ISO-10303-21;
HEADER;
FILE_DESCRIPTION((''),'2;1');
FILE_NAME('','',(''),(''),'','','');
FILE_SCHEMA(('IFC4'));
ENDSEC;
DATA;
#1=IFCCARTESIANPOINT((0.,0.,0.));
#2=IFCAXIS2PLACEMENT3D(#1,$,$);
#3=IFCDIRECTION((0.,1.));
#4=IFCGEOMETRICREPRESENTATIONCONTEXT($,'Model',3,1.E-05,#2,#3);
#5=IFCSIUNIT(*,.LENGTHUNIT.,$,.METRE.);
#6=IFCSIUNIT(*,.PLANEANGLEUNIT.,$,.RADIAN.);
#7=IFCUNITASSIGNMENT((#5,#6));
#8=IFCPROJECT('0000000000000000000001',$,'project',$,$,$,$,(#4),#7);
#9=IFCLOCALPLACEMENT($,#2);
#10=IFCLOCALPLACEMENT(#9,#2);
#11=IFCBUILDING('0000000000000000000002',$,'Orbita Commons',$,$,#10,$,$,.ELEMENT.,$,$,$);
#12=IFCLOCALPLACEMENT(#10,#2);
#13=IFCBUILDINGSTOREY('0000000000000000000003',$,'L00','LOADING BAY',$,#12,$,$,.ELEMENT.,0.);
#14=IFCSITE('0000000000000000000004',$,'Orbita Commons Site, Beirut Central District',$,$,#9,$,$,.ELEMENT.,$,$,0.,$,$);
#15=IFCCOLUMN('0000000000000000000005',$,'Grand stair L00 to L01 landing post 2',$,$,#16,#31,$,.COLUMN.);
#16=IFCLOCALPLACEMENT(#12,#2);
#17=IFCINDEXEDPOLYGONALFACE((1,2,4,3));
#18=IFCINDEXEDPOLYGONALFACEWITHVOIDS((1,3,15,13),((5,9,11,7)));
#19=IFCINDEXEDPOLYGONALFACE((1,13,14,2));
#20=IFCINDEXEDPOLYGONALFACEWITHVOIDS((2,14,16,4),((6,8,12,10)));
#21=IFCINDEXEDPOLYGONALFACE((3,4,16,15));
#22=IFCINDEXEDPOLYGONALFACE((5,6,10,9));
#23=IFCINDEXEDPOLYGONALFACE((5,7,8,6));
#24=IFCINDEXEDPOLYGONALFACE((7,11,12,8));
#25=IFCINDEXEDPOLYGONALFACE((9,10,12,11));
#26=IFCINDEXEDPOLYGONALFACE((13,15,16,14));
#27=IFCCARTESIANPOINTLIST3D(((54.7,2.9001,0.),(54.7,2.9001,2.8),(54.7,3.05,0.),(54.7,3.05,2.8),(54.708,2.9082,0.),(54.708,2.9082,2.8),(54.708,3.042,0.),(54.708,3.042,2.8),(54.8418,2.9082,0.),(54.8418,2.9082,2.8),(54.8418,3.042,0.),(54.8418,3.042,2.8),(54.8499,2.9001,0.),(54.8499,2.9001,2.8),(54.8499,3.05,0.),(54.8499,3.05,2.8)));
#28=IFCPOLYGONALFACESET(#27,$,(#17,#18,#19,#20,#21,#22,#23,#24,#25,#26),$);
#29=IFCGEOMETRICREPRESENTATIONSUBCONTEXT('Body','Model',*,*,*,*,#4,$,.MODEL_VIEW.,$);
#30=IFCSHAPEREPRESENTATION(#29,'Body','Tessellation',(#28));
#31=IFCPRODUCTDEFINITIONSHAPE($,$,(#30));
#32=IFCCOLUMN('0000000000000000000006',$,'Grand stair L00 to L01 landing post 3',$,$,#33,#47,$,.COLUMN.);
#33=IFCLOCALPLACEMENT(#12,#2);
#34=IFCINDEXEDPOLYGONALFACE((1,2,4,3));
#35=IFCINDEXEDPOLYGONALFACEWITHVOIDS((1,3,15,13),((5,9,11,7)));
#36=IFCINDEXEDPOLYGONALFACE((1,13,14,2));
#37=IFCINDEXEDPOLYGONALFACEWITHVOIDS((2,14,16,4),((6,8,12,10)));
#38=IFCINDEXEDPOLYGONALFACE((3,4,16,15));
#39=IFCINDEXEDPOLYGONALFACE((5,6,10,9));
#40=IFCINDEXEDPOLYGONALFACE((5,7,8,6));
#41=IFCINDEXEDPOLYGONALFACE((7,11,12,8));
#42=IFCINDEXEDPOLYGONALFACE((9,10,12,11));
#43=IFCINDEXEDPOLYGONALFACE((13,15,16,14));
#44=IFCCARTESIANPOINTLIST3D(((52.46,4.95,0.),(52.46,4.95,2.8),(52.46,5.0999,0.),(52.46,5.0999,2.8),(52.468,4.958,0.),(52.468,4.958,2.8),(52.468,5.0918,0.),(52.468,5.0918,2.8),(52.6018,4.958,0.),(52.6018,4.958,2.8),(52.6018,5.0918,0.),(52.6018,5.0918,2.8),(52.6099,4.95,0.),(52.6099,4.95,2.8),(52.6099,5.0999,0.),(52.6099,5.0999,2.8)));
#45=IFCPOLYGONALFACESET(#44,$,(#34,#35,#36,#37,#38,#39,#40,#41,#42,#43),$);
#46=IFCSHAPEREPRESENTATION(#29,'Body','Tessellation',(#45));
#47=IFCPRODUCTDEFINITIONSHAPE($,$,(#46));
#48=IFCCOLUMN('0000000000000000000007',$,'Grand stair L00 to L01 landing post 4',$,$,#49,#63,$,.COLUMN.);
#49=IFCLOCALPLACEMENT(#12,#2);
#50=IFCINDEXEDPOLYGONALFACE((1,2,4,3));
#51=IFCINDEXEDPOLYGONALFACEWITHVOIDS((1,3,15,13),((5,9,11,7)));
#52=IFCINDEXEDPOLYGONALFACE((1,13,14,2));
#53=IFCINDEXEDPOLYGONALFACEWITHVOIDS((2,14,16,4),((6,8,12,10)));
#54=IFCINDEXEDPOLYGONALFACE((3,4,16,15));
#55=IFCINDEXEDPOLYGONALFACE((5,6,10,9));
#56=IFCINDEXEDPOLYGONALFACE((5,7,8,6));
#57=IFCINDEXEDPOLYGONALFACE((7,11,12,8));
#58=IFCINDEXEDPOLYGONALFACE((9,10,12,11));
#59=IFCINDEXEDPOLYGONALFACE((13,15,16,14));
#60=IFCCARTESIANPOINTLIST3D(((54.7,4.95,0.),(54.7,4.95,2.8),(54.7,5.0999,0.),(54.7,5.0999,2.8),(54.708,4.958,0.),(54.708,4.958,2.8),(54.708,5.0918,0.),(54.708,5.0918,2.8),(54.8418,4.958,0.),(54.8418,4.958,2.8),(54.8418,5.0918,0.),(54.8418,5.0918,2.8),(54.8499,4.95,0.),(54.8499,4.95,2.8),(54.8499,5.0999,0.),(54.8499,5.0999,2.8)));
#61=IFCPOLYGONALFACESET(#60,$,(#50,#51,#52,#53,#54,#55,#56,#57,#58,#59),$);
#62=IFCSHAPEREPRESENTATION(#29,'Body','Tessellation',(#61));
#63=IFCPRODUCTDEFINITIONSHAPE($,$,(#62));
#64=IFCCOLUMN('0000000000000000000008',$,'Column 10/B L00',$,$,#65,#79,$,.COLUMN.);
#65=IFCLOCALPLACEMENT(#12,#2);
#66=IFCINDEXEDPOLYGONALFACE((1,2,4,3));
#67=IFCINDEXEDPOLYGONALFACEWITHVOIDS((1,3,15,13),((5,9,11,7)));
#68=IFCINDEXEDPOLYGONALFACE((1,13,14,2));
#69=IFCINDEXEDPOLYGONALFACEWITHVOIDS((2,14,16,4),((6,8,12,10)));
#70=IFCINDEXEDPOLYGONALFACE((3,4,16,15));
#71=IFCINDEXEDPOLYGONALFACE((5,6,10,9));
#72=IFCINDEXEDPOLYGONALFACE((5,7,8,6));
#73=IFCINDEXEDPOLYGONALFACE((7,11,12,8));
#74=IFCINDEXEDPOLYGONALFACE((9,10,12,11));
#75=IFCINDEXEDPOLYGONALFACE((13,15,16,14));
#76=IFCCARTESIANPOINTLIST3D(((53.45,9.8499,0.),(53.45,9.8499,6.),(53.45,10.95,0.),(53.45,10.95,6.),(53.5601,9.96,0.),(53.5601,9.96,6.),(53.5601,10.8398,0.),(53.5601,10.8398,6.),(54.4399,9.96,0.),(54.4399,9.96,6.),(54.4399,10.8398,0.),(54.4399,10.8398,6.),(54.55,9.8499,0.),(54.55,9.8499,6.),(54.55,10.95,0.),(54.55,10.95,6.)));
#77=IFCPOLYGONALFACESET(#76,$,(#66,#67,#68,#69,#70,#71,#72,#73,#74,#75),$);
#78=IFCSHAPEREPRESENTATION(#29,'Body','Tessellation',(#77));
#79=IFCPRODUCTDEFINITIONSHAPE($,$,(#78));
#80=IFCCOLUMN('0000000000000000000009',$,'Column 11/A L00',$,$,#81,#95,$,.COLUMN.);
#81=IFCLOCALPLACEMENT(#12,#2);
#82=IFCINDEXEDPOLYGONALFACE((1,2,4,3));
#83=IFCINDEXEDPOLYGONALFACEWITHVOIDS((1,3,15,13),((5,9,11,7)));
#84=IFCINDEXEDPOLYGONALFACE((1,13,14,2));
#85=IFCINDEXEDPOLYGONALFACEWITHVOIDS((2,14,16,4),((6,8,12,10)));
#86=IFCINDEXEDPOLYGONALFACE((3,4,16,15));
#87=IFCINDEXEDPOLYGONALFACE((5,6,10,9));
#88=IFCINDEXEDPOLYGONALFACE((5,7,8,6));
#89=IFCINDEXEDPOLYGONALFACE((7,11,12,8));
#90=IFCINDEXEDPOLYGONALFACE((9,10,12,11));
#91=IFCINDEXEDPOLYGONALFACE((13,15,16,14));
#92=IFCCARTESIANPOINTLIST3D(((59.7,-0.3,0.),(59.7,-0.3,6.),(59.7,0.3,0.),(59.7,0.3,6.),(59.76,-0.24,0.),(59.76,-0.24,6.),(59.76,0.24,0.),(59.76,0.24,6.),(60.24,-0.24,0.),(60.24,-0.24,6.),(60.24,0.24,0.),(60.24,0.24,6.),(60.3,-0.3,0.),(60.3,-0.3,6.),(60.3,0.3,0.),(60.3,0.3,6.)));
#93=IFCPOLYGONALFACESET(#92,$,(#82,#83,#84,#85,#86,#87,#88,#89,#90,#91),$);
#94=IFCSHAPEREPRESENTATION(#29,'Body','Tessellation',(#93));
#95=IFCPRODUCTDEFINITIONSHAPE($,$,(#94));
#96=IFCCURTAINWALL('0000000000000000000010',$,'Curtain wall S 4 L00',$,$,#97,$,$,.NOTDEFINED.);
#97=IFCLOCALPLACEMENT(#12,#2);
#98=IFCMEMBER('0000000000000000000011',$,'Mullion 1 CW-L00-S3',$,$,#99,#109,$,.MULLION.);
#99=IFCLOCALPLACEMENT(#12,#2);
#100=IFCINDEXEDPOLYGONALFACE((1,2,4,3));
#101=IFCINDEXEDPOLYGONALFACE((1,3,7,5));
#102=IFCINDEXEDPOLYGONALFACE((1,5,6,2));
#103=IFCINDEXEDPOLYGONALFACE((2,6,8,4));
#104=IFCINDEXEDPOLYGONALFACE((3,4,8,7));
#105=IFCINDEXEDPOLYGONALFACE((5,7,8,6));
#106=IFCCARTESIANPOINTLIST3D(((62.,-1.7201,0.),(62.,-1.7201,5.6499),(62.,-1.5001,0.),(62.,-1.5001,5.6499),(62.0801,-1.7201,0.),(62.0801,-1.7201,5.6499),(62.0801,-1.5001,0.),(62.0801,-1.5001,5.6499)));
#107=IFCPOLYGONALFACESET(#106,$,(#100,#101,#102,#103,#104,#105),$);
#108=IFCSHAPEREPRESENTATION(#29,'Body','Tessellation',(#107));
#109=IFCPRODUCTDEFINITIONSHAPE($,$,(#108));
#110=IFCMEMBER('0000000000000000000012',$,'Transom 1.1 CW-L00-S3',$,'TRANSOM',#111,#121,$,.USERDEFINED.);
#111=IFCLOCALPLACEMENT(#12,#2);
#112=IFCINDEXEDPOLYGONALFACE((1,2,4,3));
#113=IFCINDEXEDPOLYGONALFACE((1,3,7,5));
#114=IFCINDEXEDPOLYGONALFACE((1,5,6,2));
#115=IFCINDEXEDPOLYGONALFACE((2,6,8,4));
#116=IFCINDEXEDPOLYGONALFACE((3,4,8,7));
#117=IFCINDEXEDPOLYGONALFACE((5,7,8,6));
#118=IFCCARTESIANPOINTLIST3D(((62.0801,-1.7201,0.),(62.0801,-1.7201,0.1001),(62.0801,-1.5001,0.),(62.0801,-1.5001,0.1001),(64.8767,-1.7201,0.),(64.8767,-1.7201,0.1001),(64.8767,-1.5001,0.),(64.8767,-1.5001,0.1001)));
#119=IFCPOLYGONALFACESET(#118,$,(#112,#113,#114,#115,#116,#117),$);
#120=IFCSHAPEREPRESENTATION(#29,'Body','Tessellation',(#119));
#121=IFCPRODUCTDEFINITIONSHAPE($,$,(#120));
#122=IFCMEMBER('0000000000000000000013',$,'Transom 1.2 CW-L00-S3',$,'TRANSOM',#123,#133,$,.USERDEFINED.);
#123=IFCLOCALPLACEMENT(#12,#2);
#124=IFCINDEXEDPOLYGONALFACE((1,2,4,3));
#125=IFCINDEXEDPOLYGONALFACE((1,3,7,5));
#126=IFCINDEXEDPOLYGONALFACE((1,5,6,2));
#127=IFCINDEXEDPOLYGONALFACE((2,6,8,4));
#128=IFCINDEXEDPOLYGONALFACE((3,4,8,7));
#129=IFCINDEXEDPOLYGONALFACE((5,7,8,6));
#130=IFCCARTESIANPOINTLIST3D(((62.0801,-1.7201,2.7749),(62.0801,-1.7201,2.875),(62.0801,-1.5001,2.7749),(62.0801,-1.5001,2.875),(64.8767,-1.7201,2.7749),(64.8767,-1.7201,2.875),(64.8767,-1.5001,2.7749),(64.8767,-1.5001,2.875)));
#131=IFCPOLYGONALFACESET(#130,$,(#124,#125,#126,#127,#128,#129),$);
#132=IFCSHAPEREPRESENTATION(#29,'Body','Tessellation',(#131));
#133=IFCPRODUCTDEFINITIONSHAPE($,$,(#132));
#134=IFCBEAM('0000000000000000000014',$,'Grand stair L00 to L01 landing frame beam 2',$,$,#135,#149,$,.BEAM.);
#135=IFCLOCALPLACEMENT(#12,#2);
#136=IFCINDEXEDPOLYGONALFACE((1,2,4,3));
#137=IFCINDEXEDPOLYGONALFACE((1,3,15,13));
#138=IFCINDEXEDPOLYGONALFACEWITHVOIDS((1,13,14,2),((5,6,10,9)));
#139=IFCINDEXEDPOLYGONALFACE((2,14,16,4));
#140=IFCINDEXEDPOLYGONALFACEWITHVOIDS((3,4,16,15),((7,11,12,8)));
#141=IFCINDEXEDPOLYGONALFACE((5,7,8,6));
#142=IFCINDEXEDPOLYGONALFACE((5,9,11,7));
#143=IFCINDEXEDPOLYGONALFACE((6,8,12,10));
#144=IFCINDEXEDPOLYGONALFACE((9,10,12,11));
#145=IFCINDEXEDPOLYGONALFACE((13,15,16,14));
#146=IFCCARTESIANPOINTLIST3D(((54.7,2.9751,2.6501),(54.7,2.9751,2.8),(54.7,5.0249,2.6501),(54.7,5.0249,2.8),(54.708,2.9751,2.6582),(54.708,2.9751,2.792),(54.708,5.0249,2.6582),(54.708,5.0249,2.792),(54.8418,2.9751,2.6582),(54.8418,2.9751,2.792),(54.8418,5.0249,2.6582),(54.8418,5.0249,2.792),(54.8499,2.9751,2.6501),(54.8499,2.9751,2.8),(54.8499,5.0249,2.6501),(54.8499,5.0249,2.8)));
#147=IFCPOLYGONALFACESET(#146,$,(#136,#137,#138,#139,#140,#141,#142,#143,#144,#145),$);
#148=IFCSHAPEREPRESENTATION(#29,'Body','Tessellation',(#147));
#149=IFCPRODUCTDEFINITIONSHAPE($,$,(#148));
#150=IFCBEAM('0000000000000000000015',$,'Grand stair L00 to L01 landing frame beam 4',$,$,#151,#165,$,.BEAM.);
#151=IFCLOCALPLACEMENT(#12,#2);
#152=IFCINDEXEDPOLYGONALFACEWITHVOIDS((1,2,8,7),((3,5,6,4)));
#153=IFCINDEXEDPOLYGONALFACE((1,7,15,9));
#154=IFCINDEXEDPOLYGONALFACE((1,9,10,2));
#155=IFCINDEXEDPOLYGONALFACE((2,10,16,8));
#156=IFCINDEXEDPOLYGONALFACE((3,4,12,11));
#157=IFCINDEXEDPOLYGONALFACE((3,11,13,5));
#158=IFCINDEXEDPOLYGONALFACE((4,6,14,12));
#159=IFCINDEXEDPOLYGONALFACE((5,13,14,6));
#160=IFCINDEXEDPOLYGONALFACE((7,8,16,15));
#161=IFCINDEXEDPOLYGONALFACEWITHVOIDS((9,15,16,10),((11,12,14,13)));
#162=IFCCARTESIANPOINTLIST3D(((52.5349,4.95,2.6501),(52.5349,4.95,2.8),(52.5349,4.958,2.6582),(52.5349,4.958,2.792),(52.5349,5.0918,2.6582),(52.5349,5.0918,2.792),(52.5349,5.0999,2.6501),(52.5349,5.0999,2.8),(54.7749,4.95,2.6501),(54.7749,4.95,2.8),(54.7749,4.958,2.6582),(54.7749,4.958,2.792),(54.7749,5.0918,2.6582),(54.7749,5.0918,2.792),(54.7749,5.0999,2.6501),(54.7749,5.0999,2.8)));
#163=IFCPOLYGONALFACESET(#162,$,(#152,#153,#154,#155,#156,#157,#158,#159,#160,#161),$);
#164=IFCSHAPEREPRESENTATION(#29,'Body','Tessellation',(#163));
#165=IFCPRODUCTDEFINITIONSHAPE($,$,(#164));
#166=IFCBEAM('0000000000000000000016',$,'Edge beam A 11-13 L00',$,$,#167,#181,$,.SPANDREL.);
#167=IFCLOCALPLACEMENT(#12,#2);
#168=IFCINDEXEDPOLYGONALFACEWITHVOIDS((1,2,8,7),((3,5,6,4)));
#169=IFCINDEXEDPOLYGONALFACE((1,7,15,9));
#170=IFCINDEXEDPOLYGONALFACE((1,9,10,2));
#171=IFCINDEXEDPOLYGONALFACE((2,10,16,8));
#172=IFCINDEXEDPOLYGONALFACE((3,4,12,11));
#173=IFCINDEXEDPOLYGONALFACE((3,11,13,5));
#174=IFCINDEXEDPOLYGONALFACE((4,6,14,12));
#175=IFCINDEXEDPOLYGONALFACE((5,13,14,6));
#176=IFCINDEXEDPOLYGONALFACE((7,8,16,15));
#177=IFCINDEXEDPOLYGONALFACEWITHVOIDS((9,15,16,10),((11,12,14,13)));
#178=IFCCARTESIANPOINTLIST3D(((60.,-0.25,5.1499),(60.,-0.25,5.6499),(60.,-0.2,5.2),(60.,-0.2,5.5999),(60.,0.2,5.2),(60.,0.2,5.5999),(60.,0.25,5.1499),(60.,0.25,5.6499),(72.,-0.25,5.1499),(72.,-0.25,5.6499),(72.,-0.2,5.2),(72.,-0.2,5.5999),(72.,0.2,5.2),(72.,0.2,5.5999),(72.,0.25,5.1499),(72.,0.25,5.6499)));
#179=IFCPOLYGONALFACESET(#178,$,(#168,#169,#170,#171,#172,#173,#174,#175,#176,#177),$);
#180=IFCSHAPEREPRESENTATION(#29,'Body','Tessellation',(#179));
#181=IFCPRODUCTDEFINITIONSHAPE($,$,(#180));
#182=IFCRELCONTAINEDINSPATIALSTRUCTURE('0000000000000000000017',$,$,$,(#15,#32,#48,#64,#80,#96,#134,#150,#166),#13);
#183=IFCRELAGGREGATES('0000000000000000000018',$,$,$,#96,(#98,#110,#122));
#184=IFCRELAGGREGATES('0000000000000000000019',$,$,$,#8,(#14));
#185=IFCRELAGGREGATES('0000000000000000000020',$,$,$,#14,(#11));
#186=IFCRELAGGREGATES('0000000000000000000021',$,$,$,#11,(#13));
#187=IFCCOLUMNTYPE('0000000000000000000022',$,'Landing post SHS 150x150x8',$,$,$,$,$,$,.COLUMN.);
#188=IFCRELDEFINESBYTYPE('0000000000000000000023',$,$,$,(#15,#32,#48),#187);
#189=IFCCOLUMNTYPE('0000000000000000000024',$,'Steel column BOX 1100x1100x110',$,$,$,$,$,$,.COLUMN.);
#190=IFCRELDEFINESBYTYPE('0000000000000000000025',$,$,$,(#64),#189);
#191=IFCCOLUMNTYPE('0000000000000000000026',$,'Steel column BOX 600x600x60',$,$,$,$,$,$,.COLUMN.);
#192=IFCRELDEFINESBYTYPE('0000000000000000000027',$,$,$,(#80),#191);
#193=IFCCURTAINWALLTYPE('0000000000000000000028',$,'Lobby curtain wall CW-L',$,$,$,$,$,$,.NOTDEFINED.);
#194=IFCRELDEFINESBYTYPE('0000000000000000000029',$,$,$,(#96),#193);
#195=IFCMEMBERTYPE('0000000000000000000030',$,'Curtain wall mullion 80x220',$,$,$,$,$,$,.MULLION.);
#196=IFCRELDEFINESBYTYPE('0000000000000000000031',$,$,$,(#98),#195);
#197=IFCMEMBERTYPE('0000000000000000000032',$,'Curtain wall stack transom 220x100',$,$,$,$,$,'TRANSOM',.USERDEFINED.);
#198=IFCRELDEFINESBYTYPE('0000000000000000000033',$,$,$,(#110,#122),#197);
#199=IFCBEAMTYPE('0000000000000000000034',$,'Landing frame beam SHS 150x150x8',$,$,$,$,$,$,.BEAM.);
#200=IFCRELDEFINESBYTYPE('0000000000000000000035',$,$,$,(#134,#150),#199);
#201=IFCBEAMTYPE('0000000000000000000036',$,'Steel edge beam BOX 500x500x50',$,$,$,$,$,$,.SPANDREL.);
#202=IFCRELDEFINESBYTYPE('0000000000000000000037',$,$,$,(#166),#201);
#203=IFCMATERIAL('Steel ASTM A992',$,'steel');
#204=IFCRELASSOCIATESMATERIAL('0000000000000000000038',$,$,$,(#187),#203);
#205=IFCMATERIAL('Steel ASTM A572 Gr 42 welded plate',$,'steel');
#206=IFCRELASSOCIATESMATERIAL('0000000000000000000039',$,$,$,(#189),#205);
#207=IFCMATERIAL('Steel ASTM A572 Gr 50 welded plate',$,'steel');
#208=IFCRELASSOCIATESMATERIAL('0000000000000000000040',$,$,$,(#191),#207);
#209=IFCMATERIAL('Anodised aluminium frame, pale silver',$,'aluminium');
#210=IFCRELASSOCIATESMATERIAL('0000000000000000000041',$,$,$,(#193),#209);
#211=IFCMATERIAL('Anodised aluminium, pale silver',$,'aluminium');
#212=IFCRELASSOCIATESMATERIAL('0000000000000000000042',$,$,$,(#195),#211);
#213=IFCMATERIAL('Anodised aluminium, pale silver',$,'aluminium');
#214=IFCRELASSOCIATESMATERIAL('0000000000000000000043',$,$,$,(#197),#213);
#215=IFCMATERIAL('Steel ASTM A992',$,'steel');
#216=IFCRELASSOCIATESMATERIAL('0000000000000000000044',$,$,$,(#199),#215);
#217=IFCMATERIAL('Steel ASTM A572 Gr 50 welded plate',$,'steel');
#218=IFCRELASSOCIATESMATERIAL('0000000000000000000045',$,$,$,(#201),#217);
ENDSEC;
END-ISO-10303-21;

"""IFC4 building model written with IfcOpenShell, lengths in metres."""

from ifc_helpers import new_model, si_unit, direction, frame, origin, origin_2d, place, context, subcontext, project, spatial, rectangle, hollow_rectangle, extrude, material, material_profile, profile_set, type_object, element, aggregate, save


model = new_model("IFC4")

# Units and contexts
model_context = context("Model", 3, precision=1e-05, world=origin(), true_north=direction((0.0, 1.0)))
body_context = subcontext(model_context, "Body", "Model", "MODEL_VIEW")
ifc_project = project(units=[si_unit("LENGTHUNIT", "METRE"), si_unit("PLANEANGLEUNIT", "RADIAN")], contexts=[model_context])

# Site, building, storey
site_placement = place(None, origin())
site = spatial("IfcSite", under=ifc_project, at=site_placement, Name="Orbita Commons Site, Beirut Central District", CompositionType="ELEMENT", RefElevation=0.0)
building_placement = place(site_placement, origin())
building = spatial("IfcBuilding", under=site, at=building_placement, Name="Orbita Commons", CompositionType="ELEMENT")
storey_placement = place(building_placement, origin())
storey = spatial("IfcBuildingStorey", under=building, at=storey_placement, Name="L00", Description="LOADING BAY", CompositionType="ELEMENT", Elevation=0.0)

# Columns
ifc_material_1 = material(Name="Steel ASTM A992", Category="steel")
ifc_material_profile_1 = material_profile(ifc_material_1, hollow_rectangle(XDim=0.1499, YDim=0.1499, WallThickness=0.0081, at=origin_2d()), Name="SHS 150x150x8")
ifc_profile_set_1 = profile_set([ifc_material_profile_1], Name="Steel ASTM A992")
column_type_1 = type_object("IfcColumnType", Name="Landing post SHS 150x150x8", PredefinedType="COLUMN", material=ifc_profile_set_1)
for number, where, z_axis, x_axis, name in (
    (1, (54.7749, 2.9751, 0.0), (0.0, 0.0, 1.0), (1.0, 0.0, 0.0), "Grand stair L00 to L01 landing post 2"),
    (2, (52.5349, 5.0249, 0.0), (0.0, 0.0, 1.0), (1.0, 0.0, 0.0), "Grand stair L00 to L01 landing post 3"),
    (3, (54.7749, 5.0249, 0.0), (0.0, 0.0, 1.0), (1.0, 0.0, 0.0), "Grand stair L00 to L01 landing post 4"),
):
    element("IfcColumn", number, at=place(storey_placement, frame(where, z_axis=z_axis, x_axis=x_axis)), inside=storey, type_object=column_type_1, Name=name, PredefinedType="COLUMN", context=body_context, shape_type="SweptSolid", body=[
        extrude(hollow_rectangle(XDim=0.1499, YDim=0.1499, WallThickness=0.0081, at=origin_2d()), origin(), (0.0, 0.0, 1.0), 2.8),
    ])
ifc_material_2 = material(Name="Steel ASTM A572 Gr 42 welded plate", Category="steel")
ifc_material_profile_2 = material_profile(ifc_material_2, hollow_rectangle(XDim=1.1001, YDim=1.1001, WallThickness=0.1101, at=origin_2d()), Name="BOX 1100x1100x110")
ifc_profile_set_2 = profile_set([ifc_material_profile_2], Name="Steel ASTM A572 Gr 42 welded plate")
column_type_2 = type_object("IfcColumnType", Name="Steel column BOX 1100x1100x110", PredefinedType="COLUMN", material=ifc_profile_set_2)
column_1_placement = place(storey_placement, frame((54.0, 10.3999, 0.0), z_axis=(0.0, 0.0, 1.0), x_axis=(1.0, 0.0, 0.0)))
element("IfcColumn", 4, at=column_1_placement, inside=storey, type_object=column_type_2, Name="Column 10/B L00", PredefinedType="COLUMN", context=body_context, shape_type="SweptSolid", body=[
    extrude(hollow_rectangle(XDim=1.1001, YDim=1.1001, WallThickness=0.1101, at=origin_2d()), origin(), (0.0, 0.0, 1.0), 6.0),
])
ifc_material_3 = material(Name="Steel ASTM A572 Gr 50 welded plate", Category="steel")
ifc_material_profile_3 = material_profile(ifc_material_3, hollow_rectangle(XDim=0.6001, YDim=0.6001, WallThickness=0.0601, at=origin_2d()), Name="BOX 600x600x60")
ifc_profile_set_3 = profile_set([ifc_material_profile_3], Name="Steel ASTM A572 Gr 50 welded plate")
column_type_3 = type_object("IfcColumnType", Name="Steel column BOX 600x600x60", PredefinedType="COLUMN", material=ifc_profile_set_3)
column_2_placement = place(storey_placement, frame((60.0, 0.0, 0.0), z_axis=(0.0, 0.0, 1.0), x_axis=(1.0, 0.0, 0.0)))
element("IfcColumn", 5, at=column_2_placement, inside=storey, type_object=column_type_3, Name="Column 11/A L00", PredefinedType="COLUMN", context=body_context, shape_type="SweptSolid", body=[
    extrude(hollow_rectangle(XDim=0.6001, YDim=0.6001, WallThickness=0.0601, at=origin_2d()), origin(), (0.0, 0.0, 1.0), 6.0),
])

# Curtain wall, members
ifc_material_4 = material(Name="Anodised aluminium frame, pale silver", Category="aluminium")
curtain_wall_type = type_object("IfcCurtainWallType", Name="Lobby curtain wall CW-L", PredefinedType="NOTDEFINED", material=ifc_material_4)
curtain_wall_placement = place(storey_placement, origin())
curtain_wall = element("IfcCurtainWall", 6, at=curtain_wall_placement, inside=storey, type_object=curtain_wall_type, Name="Curtain wall S 4 L00", PredefinedType="NOTDEFINED")
ifc_material_5 = material(Name="Anodised aluminium, pale silver", Category="aluminium")
ifc_material_profile_4 = material_profile(ifc_material_5, rectangle(XDim=0.0801, YDim=0.22, at=origin_2d()), Name="AL 80x220")
ifc_profile_set_4 = profile_set([ifc_material_profile_4], Name="Anodised aluminium, pale silver")
member_type_1 = type_object("IfcMemberType", Name="Curtain wall mullion 80x220", PredefinedType="MULLION", material=ifc_profile_set_4)
member_1_placement = place(storey_placement, frame((62.04, -1.6101, 0.0), z_axis=(0.0, 0.0, 1.0), x_axis=(1.0, 0.0, 0.0)))
member_1 = element("IfcMember", 7, at=member_1_placement, type_object=member_type_1, Name="Mullion 1 CW-L00-S3", PredefinedType="MULLION", context=body_context, shape_type="SweptSolid", body=[
    extrude(rectangle(XDim=0.0801, YDim=0.22, at=origin_2d()), origin(), (0.0, 0.0, 1.0), 5.6499),
])
ifc_material_6 = material(Name="Anodised aluminium, pale silver", Category="aluminium")
ifc_material_profile_5 = material_profile(ifc_material_6, rectangle(XDim=0.22, YDim=0.1001, at=origin_2d()), Name="AL 220x100")
ifc_profile_set_5 = profile_set([ifc_material_profile_5], Name="Anodised aluminium, pale silver")
member_type_2 = type_object("IfcMemberType", Name="Curtain wall stack transom 220x100", ElementType="TRANSOM", PredefinedType="USERDEFINED", material=ifc_profile_set_5)
member_2_placement = place(storey_placement, frame((62.0801, -1.6101, 0.05), z_axis=(1.0, 0.0, 0.0), x_axis=(0.0, 1.0, 0.0)))
member_2 = element("IfcMember", 8, at=member_2_placement, type_object=member_type_2, Name="Transom 1.1 CW-L00-S3", ObjectType="TRANSOM", PredefinedType="USERDEFINED", context=body_context, shape_type="SweptSolid", body=[
    extrude(rectangle(XDim=0.22, YDim=0.1001, at=origin_2d()), origin(), (0.0, 0.0, 1.0), 2.7966),
])
member_3_placement = place(storey_placement, frame((62.0801, -1.6101, 2.825), z_axis=(1.0, 0.0, 0.0), x_axis=(0.0, 1.0, 0.0)))
member_3 = element("IfcMember", 9, at=member_3_placement, type_object=member_type_2, Name="Transom 1.2 CW-L00-S3", ObjectType="TRANSOM", PredefinedType="USERDEFINED", context=body_context, shape_type="SweptSolid", body=[
    extrude(rectangle(XDim=0.22, YDim=0.1001, at=origin_2d()), origin(), (0.0, 0.0, 1.0), 2.7966),
])

# Beams
ifc_material_7 = material(Name="Steel ASTM A992", Category="steel")
ifc_material_profile_6 = material_profile(ifc_material_7, hollow_rectangle(XDim=0.1499, YDim=0.1499, WallThickness=0.0081, at=origin_2d()), Name="SHS 150x150x8")
ifc_profile_set_6 = profile_set([ifc_material_profile_6], Name="Steel ASTM A992")
beam_type_1 = type_object("IfcBeamType", Name="Landing frame beam SHS 150x150x8", PredefinedType="BEAM", material=ifc_profile_set_6)
beam_1_placement = place(storey_placement, frame((54.7749, 2.9751, 2.7251), z_axis=(0.0, 1.0, 0.0), x_axis=(-1.0, 0.0, 0.0)))
element("IfcBeam", 10, at=beam_1_placement, inside=storey, type_object=beam_type_1, Name="Grand stair L00 to L01 landing frame beam 2", PredefinedType="BEAM", context=body_context, shape_type="SweptSolid", body=[
    extrude(hollow_rectangle(XDim=0.1499, YDim=0.1499, WallThickness=0.0081, at=origin_2d()), origin(), (0.0, 0.0, 1.0), 2.0498),
])
beam_2_placement = place(storey_placement, frame((52.5349, 5.0249, 2.7251), z_axis=(1.0, 0.0, 0.0), x_axis=(0.0, 1.0, 0.0)))
element("IfcBeam", 11, at=beam_2_placement, inside=storey, type_object=beam_type_1, Name="Grand stair L00 to L01 landing frame beam 4", PredefinedType="BEAM", context=body_context, shape_type="SweptSolid", body=[
    extrude(hollow_rectangle(XDim=0.1499, YDim=0.1499, WallThickness=0.0081, at=origin_2d()), origin(), (0.0, 0.0, 1.0), 2.24),
])
ifc_material_8 = material(Name="Steel ASTM A572 Gr 50 welded plate", Category="steel")
ifc_material_profile_7 = material_profile(ifc_material_8, hollow_rectangle(XDim=0.5, YDim=0.5, WallThickness=0.05, at=origin_2d()), Name="BOX 500x500x50")
ifc_profile_set_7 = profile_set([ifc_material_profile_7], Name="Steel ASTM A572 Gr 50 welded plate")
beam_type_2 = type_object("IfcBeamType", Name="Steel edge beam BOX 500x500x50", PredefinedType="SPANDREL", material=ifc_profile_set_7)
beam_3_placement = place(storey_placement, frame((60.0, 0.0, 5.3999), z_axis=(1.0, 0.0, 0.0), x_axis=(0.0, 1.0, 0.0)))
element("IfcBeam", 12, at=beam_3_placement, inside=storey, type_object=beam_type_2, Name="Edge beam A 11-13 L00", PredefinedType="SPANDREL", context=body_context, shape_type="SweptSolid", body=[
    extrude(hollow_rectangle(XDim=0.5, YDim=0.5, WallThickness=0.05, at=origin_2d()), origin(), (0.0, 0.0, 1.0), 12.0),
])

aggregate(curtain_wall, [member_1, member_2, member_3])

save(model, "model.ifc")
